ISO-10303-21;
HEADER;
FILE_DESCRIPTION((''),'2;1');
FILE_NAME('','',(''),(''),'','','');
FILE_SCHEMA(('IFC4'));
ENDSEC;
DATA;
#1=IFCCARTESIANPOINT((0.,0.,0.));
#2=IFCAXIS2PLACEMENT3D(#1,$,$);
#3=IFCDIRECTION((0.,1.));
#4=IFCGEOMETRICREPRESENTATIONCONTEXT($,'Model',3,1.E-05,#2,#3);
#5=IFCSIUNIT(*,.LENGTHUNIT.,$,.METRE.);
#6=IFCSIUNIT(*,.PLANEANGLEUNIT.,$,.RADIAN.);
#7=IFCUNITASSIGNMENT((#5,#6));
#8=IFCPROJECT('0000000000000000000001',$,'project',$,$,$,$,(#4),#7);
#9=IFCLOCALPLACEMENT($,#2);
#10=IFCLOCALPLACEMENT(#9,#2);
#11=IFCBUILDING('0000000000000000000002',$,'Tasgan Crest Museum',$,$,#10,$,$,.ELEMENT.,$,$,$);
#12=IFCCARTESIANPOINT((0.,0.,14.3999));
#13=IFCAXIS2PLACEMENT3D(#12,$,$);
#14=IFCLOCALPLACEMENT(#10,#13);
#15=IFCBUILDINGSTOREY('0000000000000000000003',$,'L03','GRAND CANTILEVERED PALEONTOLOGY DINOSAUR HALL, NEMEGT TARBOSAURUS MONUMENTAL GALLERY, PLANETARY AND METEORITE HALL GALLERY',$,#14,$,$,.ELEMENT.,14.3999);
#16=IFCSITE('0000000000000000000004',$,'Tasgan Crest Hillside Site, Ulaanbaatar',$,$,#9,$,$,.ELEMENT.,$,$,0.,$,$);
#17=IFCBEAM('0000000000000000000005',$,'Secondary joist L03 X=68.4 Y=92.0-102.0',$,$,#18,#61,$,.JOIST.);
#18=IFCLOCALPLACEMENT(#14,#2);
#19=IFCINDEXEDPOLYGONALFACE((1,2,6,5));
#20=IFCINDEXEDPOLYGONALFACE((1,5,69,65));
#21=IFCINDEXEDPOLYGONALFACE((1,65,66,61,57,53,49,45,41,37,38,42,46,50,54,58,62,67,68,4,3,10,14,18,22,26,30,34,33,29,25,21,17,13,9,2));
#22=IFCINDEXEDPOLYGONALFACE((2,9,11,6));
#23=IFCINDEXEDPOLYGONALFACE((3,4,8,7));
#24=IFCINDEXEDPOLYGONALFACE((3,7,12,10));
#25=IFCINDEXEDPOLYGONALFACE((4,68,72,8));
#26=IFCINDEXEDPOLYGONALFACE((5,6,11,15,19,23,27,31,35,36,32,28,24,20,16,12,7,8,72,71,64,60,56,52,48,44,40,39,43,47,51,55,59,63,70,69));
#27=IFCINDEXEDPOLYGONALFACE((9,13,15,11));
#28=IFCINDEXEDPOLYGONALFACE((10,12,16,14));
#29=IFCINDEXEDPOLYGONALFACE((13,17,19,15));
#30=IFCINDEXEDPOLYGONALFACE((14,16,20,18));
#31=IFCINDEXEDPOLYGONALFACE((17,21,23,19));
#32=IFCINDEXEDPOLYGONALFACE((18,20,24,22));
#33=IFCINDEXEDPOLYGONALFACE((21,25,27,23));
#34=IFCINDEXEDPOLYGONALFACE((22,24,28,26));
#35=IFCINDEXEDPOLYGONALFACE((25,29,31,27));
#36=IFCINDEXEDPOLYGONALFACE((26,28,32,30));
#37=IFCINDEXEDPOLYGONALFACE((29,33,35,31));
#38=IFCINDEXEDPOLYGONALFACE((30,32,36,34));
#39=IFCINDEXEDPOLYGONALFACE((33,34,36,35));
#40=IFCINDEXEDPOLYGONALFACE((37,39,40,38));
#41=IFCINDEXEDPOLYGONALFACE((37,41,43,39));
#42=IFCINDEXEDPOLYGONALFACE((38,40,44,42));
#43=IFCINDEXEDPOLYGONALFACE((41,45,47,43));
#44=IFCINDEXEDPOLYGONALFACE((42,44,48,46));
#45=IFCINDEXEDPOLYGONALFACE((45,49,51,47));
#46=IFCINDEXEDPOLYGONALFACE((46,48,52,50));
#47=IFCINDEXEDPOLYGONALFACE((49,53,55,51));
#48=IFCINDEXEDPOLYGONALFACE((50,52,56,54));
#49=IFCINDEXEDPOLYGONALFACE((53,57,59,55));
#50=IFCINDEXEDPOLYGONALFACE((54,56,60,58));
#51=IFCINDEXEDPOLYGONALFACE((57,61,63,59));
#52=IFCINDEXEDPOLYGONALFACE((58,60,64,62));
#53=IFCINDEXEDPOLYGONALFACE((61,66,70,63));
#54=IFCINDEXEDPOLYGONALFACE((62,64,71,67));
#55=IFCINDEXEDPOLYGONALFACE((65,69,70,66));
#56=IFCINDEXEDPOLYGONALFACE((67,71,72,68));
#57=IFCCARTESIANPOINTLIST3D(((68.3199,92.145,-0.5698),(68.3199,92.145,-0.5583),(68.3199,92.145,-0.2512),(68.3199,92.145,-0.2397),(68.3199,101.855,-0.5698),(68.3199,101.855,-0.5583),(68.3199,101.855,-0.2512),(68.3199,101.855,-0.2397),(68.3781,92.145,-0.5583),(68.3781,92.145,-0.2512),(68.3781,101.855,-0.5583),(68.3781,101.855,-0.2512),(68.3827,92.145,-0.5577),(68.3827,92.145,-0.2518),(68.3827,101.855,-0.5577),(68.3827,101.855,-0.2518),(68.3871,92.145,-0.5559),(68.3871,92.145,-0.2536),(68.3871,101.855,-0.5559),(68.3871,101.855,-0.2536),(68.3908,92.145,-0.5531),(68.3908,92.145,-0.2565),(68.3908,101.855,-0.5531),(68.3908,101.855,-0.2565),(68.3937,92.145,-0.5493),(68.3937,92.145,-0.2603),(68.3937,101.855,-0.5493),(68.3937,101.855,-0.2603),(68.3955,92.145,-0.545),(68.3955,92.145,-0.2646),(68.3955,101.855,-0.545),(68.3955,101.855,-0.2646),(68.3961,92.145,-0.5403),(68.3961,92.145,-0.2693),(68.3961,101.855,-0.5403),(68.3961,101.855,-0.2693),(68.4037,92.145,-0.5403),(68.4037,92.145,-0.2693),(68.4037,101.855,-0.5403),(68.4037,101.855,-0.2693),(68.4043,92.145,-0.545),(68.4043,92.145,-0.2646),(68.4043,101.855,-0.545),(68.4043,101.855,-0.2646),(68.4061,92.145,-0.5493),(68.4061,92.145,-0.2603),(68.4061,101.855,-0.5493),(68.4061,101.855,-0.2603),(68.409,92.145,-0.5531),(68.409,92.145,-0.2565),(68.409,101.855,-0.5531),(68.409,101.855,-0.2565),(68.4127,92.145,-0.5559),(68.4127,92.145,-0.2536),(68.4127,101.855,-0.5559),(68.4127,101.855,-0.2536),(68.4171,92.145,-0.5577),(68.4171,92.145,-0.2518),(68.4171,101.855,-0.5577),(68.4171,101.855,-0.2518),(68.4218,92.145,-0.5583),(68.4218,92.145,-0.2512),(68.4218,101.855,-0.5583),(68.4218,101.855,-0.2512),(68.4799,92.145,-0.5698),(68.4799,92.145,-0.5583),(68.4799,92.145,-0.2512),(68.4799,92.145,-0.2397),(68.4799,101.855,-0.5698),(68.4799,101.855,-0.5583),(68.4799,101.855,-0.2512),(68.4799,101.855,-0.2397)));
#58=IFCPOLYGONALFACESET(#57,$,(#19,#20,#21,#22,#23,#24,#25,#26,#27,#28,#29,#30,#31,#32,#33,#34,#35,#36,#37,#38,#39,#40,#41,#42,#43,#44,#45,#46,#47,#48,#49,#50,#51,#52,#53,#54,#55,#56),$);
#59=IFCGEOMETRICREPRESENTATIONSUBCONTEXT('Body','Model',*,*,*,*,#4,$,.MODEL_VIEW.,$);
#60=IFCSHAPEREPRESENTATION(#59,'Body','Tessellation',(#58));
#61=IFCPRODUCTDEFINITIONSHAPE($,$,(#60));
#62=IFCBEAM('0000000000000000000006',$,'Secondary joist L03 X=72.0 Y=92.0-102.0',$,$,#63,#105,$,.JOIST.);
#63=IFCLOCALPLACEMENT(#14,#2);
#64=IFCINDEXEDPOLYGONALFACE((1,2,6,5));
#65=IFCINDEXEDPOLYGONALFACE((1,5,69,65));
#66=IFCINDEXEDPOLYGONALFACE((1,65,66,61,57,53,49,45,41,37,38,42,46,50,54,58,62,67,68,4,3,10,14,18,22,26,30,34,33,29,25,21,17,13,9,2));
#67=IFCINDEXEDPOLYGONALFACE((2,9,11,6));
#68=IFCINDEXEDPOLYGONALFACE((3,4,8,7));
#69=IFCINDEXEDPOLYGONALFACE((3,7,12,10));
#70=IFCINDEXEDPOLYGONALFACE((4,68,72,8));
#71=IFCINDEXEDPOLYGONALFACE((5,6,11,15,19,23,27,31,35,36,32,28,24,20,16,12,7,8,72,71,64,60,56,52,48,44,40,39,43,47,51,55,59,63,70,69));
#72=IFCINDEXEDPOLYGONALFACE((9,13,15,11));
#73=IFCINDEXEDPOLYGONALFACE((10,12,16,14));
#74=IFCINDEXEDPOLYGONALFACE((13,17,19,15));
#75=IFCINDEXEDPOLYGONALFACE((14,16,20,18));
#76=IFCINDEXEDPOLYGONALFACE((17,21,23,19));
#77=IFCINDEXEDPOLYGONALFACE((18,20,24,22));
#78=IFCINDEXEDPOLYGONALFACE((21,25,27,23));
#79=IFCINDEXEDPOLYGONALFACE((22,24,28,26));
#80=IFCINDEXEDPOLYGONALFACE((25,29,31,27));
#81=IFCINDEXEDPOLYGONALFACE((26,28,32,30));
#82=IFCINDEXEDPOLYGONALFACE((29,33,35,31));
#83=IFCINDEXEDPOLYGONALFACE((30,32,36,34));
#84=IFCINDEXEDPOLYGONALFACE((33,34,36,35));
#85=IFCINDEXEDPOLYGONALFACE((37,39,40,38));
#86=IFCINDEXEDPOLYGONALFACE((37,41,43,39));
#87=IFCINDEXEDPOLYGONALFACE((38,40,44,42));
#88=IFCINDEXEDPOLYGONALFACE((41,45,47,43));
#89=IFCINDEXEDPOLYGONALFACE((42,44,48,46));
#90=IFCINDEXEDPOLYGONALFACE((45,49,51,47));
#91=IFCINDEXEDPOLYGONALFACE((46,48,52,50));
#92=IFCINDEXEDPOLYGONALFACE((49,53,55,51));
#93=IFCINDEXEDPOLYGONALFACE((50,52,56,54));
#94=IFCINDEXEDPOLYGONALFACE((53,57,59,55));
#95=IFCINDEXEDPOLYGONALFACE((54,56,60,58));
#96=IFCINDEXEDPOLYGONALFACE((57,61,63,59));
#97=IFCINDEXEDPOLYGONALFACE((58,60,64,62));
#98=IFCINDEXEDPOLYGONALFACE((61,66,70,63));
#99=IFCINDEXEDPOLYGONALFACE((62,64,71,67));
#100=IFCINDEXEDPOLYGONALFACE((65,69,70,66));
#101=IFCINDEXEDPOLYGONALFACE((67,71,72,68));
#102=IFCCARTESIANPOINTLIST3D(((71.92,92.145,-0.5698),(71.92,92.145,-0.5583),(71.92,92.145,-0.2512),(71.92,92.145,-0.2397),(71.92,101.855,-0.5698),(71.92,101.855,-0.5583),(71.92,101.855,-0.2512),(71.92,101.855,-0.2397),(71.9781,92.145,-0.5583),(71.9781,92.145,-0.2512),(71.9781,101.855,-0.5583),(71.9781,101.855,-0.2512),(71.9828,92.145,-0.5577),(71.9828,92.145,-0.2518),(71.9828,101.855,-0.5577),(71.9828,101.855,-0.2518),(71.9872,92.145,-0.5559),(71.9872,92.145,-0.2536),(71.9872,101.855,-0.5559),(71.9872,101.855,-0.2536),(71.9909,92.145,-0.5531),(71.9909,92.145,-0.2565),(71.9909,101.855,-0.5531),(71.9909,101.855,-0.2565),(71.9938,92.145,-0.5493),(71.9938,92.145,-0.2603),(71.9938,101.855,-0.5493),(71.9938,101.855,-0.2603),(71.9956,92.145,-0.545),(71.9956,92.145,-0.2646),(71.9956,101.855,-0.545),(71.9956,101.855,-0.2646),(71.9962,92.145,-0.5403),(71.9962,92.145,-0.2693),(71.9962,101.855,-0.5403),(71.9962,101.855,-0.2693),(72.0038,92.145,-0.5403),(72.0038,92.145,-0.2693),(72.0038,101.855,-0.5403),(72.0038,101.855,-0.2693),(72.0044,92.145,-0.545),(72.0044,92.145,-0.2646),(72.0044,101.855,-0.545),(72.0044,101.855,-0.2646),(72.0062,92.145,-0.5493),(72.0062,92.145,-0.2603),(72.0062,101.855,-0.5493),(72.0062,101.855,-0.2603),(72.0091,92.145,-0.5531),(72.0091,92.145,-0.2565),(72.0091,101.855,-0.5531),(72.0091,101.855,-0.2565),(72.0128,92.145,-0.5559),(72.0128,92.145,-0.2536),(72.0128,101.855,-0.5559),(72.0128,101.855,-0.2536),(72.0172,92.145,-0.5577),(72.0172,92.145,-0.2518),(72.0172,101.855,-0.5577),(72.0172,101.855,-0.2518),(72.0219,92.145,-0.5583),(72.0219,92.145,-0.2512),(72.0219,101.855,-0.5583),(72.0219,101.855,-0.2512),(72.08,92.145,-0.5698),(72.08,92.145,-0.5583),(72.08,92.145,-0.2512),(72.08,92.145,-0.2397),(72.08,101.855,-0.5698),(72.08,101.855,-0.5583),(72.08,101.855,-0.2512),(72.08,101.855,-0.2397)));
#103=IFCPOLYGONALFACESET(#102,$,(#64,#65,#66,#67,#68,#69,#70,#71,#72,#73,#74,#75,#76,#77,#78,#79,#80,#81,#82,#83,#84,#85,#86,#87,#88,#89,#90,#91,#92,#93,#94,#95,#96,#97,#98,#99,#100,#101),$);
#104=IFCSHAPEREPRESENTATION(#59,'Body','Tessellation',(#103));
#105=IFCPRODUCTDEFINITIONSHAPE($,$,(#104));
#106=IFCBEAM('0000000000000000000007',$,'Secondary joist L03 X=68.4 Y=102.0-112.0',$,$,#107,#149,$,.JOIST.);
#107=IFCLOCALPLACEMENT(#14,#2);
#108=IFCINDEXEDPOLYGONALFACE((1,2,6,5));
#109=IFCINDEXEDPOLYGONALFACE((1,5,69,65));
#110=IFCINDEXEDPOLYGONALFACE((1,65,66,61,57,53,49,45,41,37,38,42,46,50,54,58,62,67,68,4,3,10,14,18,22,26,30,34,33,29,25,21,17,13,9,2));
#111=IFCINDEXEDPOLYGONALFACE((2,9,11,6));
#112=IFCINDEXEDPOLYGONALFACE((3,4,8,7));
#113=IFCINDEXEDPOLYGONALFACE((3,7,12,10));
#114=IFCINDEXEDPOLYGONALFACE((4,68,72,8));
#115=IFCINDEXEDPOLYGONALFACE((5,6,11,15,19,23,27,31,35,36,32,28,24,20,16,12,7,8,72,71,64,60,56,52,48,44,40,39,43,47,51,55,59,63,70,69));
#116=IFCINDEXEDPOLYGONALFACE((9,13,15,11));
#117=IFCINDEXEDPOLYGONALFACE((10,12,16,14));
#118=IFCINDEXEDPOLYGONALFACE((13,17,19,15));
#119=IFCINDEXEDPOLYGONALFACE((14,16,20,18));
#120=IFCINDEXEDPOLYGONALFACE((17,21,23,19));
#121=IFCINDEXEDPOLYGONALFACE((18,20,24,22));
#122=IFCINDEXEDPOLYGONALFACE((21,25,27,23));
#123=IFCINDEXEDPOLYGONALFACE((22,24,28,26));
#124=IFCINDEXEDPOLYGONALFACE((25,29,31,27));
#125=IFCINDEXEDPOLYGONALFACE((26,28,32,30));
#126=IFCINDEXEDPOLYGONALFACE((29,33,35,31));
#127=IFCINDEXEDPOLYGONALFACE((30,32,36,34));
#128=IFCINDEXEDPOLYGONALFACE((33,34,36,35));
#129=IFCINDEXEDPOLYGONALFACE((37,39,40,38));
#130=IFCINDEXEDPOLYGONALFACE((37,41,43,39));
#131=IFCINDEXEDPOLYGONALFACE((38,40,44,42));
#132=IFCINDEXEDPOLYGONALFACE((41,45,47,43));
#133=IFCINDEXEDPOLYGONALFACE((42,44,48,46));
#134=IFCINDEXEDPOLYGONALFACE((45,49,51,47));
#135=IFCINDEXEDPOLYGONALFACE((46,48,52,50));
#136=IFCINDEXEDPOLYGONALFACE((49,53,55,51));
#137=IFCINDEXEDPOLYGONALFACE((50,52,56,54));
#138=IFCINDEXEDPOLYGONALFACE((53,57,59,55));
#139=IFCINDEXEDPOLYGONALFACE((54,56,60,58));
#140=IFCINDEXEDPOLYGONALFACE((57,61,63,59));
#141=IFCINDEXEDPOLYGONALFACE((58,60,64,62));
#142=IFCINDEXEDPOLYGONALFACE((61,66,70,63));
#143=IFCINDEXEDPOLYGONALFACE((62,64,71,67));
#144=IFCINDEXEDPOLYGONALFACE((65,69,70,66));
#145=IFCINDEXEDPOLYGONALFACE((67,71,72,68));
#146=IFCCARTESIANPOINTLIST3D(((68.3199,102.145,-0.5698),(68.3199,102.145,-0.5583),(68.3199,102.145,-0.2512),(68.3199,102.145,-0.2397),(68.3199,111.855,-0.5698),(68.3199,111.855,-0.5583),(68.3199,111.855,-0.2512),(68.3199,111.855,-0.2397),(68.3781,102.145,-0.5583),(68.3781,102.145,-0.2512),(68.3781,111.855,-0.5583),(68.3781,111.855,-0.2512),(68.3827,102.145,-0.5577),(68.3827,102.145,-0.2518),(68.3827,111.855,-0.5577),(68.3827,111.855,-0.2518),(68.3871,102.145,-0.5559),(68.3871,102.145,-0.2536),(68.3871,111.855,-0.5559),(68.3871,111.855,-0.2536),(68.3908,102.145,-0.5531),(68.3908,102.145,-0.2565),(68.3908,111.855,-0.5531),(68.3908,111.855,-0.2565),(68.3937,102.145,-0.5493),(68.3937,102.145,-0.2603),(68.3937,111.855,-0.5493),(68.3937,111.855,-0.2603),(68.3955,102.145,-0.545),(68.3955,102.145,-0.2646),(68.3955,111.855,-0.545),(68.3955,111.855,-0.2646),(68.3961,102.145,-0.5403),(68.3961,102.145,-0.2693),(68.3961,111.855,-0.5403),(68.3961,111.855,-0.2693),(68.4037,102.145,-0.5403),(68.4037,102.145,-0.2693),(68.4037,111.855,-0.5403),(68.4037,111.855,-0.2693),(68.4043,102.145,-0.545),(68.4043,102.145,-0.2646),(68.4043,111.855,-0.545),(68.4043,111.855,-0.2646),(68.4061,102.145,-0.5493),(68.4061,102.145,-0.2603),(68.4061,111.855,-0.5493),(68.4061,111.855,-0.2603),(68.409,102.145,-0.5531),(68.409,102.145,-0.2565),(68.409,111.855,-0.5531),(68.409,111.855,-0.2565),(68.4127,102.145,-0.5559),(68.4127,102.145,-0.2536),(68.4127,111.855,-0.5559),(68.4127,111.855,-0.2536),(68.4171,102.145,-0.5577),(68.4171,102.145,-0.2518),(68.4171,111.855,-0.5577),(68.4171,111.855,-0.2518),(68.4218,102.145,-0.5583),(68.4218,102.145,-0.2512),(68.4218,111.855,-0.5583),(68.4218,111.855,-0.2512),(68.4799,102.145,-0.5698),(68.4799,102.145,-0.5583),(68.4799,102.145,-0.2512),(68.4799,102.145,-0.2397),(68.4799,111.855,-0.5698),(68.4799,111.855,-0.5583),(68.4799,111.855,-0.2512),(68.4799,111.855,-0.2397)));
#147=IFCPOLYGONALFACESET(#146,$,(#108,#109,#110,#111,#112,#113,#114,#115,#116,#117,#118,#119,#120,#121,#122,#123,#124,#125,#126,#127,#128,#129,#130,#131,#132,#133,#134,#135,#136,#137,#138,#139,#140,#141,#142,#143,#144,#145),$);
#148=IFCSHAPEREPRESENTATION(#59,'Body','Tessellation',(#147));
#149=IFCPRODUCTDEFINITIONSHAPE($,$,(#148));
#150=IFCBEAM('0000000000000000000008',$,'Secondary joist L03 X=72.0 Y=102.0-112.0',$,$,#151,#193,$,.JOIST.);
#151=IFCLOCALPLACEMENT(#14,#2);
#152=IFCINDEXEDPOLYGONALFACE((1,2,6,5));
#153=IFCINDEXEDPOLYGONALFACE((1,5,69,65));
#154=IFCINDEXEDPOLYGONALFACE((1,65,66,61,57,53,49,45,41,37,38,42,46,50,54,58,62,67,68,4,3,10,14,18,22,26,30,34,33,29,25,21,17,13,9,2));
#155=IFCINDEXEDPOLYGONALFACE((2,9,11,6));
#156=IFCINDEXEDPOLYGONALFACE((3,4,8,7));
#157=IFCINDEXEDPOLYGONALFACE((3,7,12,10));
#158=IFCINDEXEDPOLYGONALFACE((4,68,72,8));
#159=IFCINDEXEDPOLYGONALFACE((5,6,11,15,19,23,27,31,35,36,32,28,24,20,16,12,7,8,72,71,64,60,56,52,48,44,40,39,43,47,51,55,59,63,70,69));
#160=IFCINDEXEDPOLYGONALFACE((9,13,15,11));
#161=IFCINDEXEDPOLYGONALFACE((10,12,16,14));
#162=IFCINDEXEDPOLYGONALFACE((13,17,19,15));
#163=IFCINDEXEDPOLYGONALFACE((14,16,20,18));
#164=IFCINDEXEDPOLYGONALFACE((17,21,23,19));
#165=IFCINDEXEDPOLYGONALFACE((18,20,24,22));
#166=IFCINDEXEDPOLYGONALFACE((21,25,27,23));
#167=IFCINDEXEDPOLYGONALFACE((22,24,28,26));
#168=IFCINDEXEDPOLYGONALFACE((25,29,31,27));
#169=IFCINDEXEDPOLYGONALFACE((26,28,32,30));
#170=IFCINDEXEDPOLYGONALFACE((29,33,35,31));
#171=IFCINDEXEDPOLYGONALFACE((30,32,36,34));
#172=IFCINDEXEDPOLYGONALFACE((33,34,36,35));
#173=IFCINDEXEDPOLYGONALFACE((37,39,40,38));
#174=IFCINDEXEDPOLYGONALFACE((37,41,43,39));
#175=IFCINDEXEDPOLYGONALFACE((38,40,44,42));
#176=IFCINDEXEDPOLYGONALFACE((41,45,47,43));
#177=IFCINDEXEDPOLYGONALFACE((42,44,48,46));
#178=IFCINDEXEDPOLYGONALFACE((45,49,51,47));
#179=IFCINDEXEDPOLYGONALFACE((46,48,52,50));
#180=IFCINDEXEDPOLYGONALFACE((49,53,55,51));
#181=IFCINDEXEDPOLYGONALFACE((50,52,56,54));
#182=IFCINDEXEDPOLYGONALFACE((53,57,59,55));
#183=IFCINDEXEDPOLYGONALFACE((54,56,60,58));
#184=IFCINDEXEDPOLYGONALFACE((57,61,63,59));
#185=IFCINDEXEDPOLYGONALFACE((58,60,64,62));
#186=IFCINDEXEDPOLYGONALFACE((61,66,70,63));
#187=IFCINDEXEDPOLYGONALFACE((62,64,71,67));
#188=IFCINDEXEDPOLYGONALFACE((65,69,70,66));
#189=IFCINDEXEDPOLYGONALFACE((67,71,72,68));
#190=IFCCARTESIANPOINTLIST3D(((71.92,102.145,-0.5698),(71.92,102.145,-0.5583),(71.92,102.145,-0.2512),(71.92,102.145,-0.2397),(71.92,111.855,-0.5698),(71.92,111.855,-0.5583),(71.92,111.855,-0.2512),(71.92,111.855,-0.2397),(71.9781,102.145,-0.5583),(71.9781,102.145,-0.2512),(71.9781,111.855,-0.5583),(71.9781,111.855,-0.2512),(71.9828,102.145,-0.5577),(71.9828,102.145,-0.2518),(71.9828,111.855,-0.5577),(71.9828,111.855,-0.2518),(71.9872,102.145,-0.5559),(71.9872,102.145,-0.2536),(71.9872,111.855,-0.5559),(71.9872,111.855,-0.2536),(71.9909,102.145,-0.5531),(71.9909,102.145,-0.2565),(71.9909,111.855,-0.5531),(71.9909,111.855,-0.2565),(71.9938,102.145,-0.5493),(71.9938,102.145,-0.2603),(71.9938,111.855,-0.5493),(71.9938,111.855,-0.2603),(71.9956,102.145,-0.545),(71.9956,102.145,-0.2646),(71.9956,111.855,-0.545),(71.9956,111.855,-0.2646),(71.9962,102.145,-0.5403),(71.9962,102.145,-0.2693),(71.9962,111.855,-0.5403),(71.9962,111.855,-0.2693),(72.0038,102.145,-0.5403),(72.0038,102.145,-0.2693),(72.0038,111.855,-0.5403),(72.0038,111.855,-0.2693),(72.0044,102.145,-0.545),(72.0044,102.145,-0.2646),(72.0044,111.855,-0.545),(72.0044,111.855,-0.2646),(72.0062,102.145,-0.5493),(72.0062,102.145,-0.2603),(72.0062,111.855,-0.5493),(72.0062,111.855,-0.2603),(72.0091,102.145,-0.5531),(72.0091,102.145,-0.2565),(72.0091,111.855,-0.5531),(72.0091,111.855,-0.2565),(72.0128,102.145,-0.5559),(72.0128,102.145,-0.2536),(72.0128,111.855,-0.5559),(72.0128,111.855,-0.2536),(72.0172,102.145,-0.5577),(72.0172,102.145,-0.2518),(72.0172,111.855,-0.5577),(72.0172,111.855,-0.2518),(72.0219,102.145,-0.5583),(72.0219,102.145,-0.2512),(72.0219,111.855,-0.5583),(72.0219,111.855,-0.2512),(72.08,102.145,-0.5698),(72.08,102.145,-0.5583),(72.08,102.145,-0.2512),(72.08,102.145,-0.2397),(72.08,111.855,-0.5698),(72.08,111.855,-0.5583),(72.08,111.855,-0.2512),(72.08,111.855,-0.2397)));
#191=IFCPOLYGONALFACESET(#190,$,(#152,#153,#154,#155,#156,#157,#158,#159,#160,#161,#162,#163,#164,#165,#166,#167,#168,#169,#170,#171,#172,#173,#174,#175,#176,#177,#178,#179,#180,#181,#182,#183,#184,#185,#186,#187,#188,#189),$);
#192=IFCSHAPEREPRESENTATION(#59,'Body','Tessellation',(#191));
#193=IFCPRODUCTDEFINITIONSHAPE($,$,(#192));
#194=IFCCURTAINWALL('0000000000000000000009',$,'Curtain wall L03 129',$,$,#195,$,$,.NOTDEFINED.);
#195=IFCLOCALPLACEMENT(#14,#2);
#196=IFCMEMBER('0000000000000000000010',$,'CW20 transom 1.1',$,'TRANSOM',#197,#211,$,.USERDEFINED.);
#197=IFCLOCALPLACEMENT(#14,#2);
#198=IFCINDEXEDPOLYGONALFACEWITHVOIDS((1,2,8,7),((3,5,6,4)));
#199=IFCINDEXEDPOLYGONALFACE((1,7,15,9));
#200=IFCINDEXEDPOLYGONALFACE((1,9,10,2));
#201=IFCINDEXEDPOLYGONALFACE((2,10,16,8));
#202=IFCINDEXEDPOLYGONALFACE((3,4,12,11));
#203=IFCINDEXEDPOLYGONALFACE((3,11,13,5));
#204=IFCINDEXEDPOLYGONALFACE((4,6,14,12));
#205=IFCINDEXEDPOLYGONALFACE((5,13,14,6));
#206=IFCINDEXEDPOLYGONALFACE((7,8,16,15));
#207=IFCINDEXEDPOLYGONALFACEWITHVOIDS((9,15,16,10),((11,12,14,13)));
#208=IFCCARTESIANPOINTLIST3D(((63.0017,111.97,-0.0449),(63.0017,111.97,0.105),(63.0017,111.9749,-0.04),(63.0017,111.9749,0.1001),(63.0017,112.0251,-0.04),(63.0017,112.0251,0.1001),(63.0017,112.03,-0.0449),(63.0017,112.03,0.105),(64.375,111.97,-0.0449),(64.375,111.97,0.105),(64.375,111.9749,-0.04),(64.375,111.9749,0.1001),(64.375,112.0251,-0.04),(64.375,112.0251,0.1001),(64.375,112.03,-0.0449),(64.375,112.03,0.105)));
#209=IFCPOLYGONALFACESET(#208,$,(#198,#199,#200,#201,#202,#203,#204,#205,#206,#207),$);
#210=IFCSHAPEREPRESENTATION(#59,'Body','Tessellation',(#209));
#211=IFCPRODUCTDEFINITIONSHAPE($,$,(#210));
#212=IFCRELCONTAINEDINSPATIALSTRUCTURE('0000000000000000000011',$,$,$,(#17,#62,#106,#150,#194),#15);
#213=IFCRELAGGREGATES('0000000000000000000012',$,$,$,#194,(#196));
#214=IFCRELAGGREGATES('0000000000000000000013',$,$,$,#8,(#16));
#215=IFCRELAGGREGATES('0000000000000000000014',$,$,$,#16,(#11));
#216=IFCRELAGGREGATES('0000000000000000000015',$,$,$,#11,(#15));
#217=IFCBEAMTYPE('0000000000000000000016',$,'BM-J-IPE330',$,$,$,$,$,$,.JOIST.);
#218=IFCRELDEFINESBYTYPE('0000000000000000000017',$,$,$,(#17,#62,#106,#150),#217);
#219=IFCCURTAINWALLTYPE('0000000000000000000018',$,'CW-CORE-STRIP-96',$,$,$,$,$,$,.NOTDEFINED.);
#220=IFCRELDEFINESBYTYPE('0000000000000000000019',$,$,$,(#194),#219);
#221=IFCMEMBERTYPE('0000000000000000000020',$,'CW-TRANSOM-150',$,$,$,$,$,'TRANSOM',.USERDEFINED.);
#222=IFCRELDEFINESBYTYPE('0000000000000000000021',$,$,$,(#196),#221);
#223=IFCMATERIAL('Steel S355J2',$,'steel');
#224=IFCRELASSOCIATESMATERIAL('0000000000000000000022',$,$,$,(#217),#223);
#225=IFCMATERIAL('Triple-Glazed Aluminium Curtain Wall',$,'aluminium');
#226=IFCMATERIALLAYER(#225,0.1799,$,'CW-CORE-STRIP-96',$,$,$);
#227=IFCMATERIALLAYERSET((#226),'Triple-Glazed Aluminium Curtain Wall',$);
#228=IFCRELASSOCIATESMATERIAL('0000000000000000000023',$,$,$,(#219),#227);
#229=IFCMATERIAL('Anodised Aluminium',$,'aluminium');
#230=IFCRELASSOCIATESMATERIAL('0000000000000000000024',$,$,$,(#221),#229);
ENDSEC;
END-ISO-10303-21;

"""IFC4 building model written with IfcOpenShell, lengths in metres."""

from ifc_helpers import new_model, si_unit, direction, frame, origin, origin_2d, place, context, subcontext, project, spatial, hollow_rectangle, i_section, extrude, material, layer, layer_set, material_profile, profile_set, type_object, element, aggregate, save


model = new_model("IFC4")

# Units and contexts
model_context = context("Model", 3, precision=1e-05, world=origin(), true_north=direction((0.0, 1.0)))
body_context = subcontext(model_context, "Body", "Model", "MODEL_VIEW")
ifc_project = project(units=[si_unit("LENGTHUNIT", "METRE"), si_unit("PLANEANGLEUNIT", "RADIAN")], contexts=[model_context])

# Site, building, storey
site_placement = place(None, origin())
site = spatial("IfcSite", under=ifc_project, at=site_placement, Name="Tasgan Crest Hillside Site, Ulaanbaatar", CompositionType="ELEMENT", RefElevation=0.0)
building_placement = place(site_placement, origin())
building = spatial("IfcBuilding", under=site, at=building_placement, Name="Tasgan Crest Museum", CompositionType="ELEMENT")
storey_placement = place(building_placement, frame((0.0, 0.0, 14.3999)))
storey = spatial("IfcBuildingStorey", under=building, at=storey_placement, Name="L03", Description="GRAND CANTILEVERED PALEONTOLOGY DINOSAUR HALL, NEMEGT TARBOSAURUS MONUMENTAL GALLERY, PLANETARY AND METEORITE HALL GALLERY", CompositionType="ELEMENT", Elevation=14.3999)

# Beams
ifc_material_1 = material(Name="Steel S355J2", Category="steel")
ifc_material_profile_1 = material_profile(ifc_material_1, i_section(OverallWidth=0.1599, OverallDepth=0.3301, WebThickness=0.0076, FlangeThickness=0.0115, FilletRadius=0.0181, at=origin_2d()), Name="IPE 330")
ifc_profile_set_1 = profile_set([ifc_material_profile_1], Name="Steel S355J2")
beam_type_1 = type_object("IfcBeamType", Name="BM-J-IPE330", PredefinedType="JOIST", material=ifc_profile_set_1)
for number, where, z_axis, x_axis, name in (
    (1, (68.3999, 92.145, -0.4048), (0.0, 1.0, 0.0), (-1.0, 0.0, 0.0), "Secondary joist L03 X=68.4 Y=92.0-102.0"),
    (2, (72.0, 92.145, -0.4048), (0.0, 1.0, 0.0), (-1.0, 0.0, 0.0), "Secondary joist L03 X=72.0 Y=92.0-102.0"),
    (3, (68.3999, 102.145, -0.4048), (0.0, 1.0, 0.0), (-1.0, 0.0, 0.0), "Secondary joist L03 X=68.4 Y=102.0-112.0"),
    (4, (72.0, 102.145, -0.4048), (0.0, 1.0, 0.0), (-1.0, 0.0, 0.0), "Secondary joist L03 X=72.0 Y=102.0-112.0"),
):
    element("IfcBeam", number, at=place(storey_placement, frame(where, z_axis=z_axis, x_axis=x_axis)), inside=storey, type_object=beam_type_1, Name=name, PredefinedType="JOIST", context=body_context, shape_type="SweptSolid", body=[
        extrude(i_section(OverallWidth=0.1599, OverallDepth=0.3301, WebThickness=0.0076, FlangeThickness=0.0115, FilletRadius=0.0181, at=origin_2d()), origin(), (0.0, 0.0, 1.0), 9.71),
    ])

# Curtain wall, member
ifc_material_2 = material(Name="Triple-Glazed Aluminium Curtain Wall", Category="aluminium")
ifc_layer_1 = layer(ifc_material_2, 0.1799, Name="CW-CORE-STRIP-96")
ifc_layer_set_1 = layer_set([ifc_layer_1], Name="Triple-Glazed Aluminium Curtain Wall")
curtain_wall_type = type_object("IfcCurtainWallType", Name="CW-CORE-STRIP-96", PredefinedType="NOTDEFINED", material=ifc_layer_set_1)
curtain_wall_placement = place(storey_placement, origin())
curtain_wall = element("IfcCurtainWall", 5, at=curtain_wall_placement, inside=storey, type_object=curtain_wall_type, Name="Curtain wall L03 129", PredefinedType="NOTDEFINED")
ifc_material_3 = material(Name="Anodised Aluminium", Category="aluminium")
ifc_material_profile_2 = material_profile(ifc_material_3, hollow_rectangle(XDim=0.0601, YDim=0.1499, WallThickness=0.0049, at=origin_2d()), Name="ALU TRANSOM 150x60x5")
ifc_profile_set_2 = profile_set([ifc_material_profile_2], Name="Anodised Aluminium")
member_type = type_object("IfcMemberType", Name="CW-TRANSOM-150", ElementType="TRANSOM", PredefinedType="USERDEFINED", material=ifc_profile_set_2)
member_1_placement = place(storey_placement, frame((64.375, 112.0, 0.03), z_axis=(-1.0, 0.0, 0.0), x_axis=(0.0, -1.0, 0.0)))
member_1 = element("IfcMember", 6, at=member_1_placement, type_object=member_type, Name="CW20 transom 1.1", ObjectType="TRANSOM", PredefinedType="USERDEFINED", context=body_context, shape_type="SweptSolid", body=[
    extrude(hollow_rectangle(XDim=0.0601, YDim=0.1499, WallThickness=0.0049, at=origin_2d()), origin(), (0.0, 0.0, 1.0), 1.3733),
])
aggregate(curtain_wall, [member_1])

save(model, "model.ifc")
